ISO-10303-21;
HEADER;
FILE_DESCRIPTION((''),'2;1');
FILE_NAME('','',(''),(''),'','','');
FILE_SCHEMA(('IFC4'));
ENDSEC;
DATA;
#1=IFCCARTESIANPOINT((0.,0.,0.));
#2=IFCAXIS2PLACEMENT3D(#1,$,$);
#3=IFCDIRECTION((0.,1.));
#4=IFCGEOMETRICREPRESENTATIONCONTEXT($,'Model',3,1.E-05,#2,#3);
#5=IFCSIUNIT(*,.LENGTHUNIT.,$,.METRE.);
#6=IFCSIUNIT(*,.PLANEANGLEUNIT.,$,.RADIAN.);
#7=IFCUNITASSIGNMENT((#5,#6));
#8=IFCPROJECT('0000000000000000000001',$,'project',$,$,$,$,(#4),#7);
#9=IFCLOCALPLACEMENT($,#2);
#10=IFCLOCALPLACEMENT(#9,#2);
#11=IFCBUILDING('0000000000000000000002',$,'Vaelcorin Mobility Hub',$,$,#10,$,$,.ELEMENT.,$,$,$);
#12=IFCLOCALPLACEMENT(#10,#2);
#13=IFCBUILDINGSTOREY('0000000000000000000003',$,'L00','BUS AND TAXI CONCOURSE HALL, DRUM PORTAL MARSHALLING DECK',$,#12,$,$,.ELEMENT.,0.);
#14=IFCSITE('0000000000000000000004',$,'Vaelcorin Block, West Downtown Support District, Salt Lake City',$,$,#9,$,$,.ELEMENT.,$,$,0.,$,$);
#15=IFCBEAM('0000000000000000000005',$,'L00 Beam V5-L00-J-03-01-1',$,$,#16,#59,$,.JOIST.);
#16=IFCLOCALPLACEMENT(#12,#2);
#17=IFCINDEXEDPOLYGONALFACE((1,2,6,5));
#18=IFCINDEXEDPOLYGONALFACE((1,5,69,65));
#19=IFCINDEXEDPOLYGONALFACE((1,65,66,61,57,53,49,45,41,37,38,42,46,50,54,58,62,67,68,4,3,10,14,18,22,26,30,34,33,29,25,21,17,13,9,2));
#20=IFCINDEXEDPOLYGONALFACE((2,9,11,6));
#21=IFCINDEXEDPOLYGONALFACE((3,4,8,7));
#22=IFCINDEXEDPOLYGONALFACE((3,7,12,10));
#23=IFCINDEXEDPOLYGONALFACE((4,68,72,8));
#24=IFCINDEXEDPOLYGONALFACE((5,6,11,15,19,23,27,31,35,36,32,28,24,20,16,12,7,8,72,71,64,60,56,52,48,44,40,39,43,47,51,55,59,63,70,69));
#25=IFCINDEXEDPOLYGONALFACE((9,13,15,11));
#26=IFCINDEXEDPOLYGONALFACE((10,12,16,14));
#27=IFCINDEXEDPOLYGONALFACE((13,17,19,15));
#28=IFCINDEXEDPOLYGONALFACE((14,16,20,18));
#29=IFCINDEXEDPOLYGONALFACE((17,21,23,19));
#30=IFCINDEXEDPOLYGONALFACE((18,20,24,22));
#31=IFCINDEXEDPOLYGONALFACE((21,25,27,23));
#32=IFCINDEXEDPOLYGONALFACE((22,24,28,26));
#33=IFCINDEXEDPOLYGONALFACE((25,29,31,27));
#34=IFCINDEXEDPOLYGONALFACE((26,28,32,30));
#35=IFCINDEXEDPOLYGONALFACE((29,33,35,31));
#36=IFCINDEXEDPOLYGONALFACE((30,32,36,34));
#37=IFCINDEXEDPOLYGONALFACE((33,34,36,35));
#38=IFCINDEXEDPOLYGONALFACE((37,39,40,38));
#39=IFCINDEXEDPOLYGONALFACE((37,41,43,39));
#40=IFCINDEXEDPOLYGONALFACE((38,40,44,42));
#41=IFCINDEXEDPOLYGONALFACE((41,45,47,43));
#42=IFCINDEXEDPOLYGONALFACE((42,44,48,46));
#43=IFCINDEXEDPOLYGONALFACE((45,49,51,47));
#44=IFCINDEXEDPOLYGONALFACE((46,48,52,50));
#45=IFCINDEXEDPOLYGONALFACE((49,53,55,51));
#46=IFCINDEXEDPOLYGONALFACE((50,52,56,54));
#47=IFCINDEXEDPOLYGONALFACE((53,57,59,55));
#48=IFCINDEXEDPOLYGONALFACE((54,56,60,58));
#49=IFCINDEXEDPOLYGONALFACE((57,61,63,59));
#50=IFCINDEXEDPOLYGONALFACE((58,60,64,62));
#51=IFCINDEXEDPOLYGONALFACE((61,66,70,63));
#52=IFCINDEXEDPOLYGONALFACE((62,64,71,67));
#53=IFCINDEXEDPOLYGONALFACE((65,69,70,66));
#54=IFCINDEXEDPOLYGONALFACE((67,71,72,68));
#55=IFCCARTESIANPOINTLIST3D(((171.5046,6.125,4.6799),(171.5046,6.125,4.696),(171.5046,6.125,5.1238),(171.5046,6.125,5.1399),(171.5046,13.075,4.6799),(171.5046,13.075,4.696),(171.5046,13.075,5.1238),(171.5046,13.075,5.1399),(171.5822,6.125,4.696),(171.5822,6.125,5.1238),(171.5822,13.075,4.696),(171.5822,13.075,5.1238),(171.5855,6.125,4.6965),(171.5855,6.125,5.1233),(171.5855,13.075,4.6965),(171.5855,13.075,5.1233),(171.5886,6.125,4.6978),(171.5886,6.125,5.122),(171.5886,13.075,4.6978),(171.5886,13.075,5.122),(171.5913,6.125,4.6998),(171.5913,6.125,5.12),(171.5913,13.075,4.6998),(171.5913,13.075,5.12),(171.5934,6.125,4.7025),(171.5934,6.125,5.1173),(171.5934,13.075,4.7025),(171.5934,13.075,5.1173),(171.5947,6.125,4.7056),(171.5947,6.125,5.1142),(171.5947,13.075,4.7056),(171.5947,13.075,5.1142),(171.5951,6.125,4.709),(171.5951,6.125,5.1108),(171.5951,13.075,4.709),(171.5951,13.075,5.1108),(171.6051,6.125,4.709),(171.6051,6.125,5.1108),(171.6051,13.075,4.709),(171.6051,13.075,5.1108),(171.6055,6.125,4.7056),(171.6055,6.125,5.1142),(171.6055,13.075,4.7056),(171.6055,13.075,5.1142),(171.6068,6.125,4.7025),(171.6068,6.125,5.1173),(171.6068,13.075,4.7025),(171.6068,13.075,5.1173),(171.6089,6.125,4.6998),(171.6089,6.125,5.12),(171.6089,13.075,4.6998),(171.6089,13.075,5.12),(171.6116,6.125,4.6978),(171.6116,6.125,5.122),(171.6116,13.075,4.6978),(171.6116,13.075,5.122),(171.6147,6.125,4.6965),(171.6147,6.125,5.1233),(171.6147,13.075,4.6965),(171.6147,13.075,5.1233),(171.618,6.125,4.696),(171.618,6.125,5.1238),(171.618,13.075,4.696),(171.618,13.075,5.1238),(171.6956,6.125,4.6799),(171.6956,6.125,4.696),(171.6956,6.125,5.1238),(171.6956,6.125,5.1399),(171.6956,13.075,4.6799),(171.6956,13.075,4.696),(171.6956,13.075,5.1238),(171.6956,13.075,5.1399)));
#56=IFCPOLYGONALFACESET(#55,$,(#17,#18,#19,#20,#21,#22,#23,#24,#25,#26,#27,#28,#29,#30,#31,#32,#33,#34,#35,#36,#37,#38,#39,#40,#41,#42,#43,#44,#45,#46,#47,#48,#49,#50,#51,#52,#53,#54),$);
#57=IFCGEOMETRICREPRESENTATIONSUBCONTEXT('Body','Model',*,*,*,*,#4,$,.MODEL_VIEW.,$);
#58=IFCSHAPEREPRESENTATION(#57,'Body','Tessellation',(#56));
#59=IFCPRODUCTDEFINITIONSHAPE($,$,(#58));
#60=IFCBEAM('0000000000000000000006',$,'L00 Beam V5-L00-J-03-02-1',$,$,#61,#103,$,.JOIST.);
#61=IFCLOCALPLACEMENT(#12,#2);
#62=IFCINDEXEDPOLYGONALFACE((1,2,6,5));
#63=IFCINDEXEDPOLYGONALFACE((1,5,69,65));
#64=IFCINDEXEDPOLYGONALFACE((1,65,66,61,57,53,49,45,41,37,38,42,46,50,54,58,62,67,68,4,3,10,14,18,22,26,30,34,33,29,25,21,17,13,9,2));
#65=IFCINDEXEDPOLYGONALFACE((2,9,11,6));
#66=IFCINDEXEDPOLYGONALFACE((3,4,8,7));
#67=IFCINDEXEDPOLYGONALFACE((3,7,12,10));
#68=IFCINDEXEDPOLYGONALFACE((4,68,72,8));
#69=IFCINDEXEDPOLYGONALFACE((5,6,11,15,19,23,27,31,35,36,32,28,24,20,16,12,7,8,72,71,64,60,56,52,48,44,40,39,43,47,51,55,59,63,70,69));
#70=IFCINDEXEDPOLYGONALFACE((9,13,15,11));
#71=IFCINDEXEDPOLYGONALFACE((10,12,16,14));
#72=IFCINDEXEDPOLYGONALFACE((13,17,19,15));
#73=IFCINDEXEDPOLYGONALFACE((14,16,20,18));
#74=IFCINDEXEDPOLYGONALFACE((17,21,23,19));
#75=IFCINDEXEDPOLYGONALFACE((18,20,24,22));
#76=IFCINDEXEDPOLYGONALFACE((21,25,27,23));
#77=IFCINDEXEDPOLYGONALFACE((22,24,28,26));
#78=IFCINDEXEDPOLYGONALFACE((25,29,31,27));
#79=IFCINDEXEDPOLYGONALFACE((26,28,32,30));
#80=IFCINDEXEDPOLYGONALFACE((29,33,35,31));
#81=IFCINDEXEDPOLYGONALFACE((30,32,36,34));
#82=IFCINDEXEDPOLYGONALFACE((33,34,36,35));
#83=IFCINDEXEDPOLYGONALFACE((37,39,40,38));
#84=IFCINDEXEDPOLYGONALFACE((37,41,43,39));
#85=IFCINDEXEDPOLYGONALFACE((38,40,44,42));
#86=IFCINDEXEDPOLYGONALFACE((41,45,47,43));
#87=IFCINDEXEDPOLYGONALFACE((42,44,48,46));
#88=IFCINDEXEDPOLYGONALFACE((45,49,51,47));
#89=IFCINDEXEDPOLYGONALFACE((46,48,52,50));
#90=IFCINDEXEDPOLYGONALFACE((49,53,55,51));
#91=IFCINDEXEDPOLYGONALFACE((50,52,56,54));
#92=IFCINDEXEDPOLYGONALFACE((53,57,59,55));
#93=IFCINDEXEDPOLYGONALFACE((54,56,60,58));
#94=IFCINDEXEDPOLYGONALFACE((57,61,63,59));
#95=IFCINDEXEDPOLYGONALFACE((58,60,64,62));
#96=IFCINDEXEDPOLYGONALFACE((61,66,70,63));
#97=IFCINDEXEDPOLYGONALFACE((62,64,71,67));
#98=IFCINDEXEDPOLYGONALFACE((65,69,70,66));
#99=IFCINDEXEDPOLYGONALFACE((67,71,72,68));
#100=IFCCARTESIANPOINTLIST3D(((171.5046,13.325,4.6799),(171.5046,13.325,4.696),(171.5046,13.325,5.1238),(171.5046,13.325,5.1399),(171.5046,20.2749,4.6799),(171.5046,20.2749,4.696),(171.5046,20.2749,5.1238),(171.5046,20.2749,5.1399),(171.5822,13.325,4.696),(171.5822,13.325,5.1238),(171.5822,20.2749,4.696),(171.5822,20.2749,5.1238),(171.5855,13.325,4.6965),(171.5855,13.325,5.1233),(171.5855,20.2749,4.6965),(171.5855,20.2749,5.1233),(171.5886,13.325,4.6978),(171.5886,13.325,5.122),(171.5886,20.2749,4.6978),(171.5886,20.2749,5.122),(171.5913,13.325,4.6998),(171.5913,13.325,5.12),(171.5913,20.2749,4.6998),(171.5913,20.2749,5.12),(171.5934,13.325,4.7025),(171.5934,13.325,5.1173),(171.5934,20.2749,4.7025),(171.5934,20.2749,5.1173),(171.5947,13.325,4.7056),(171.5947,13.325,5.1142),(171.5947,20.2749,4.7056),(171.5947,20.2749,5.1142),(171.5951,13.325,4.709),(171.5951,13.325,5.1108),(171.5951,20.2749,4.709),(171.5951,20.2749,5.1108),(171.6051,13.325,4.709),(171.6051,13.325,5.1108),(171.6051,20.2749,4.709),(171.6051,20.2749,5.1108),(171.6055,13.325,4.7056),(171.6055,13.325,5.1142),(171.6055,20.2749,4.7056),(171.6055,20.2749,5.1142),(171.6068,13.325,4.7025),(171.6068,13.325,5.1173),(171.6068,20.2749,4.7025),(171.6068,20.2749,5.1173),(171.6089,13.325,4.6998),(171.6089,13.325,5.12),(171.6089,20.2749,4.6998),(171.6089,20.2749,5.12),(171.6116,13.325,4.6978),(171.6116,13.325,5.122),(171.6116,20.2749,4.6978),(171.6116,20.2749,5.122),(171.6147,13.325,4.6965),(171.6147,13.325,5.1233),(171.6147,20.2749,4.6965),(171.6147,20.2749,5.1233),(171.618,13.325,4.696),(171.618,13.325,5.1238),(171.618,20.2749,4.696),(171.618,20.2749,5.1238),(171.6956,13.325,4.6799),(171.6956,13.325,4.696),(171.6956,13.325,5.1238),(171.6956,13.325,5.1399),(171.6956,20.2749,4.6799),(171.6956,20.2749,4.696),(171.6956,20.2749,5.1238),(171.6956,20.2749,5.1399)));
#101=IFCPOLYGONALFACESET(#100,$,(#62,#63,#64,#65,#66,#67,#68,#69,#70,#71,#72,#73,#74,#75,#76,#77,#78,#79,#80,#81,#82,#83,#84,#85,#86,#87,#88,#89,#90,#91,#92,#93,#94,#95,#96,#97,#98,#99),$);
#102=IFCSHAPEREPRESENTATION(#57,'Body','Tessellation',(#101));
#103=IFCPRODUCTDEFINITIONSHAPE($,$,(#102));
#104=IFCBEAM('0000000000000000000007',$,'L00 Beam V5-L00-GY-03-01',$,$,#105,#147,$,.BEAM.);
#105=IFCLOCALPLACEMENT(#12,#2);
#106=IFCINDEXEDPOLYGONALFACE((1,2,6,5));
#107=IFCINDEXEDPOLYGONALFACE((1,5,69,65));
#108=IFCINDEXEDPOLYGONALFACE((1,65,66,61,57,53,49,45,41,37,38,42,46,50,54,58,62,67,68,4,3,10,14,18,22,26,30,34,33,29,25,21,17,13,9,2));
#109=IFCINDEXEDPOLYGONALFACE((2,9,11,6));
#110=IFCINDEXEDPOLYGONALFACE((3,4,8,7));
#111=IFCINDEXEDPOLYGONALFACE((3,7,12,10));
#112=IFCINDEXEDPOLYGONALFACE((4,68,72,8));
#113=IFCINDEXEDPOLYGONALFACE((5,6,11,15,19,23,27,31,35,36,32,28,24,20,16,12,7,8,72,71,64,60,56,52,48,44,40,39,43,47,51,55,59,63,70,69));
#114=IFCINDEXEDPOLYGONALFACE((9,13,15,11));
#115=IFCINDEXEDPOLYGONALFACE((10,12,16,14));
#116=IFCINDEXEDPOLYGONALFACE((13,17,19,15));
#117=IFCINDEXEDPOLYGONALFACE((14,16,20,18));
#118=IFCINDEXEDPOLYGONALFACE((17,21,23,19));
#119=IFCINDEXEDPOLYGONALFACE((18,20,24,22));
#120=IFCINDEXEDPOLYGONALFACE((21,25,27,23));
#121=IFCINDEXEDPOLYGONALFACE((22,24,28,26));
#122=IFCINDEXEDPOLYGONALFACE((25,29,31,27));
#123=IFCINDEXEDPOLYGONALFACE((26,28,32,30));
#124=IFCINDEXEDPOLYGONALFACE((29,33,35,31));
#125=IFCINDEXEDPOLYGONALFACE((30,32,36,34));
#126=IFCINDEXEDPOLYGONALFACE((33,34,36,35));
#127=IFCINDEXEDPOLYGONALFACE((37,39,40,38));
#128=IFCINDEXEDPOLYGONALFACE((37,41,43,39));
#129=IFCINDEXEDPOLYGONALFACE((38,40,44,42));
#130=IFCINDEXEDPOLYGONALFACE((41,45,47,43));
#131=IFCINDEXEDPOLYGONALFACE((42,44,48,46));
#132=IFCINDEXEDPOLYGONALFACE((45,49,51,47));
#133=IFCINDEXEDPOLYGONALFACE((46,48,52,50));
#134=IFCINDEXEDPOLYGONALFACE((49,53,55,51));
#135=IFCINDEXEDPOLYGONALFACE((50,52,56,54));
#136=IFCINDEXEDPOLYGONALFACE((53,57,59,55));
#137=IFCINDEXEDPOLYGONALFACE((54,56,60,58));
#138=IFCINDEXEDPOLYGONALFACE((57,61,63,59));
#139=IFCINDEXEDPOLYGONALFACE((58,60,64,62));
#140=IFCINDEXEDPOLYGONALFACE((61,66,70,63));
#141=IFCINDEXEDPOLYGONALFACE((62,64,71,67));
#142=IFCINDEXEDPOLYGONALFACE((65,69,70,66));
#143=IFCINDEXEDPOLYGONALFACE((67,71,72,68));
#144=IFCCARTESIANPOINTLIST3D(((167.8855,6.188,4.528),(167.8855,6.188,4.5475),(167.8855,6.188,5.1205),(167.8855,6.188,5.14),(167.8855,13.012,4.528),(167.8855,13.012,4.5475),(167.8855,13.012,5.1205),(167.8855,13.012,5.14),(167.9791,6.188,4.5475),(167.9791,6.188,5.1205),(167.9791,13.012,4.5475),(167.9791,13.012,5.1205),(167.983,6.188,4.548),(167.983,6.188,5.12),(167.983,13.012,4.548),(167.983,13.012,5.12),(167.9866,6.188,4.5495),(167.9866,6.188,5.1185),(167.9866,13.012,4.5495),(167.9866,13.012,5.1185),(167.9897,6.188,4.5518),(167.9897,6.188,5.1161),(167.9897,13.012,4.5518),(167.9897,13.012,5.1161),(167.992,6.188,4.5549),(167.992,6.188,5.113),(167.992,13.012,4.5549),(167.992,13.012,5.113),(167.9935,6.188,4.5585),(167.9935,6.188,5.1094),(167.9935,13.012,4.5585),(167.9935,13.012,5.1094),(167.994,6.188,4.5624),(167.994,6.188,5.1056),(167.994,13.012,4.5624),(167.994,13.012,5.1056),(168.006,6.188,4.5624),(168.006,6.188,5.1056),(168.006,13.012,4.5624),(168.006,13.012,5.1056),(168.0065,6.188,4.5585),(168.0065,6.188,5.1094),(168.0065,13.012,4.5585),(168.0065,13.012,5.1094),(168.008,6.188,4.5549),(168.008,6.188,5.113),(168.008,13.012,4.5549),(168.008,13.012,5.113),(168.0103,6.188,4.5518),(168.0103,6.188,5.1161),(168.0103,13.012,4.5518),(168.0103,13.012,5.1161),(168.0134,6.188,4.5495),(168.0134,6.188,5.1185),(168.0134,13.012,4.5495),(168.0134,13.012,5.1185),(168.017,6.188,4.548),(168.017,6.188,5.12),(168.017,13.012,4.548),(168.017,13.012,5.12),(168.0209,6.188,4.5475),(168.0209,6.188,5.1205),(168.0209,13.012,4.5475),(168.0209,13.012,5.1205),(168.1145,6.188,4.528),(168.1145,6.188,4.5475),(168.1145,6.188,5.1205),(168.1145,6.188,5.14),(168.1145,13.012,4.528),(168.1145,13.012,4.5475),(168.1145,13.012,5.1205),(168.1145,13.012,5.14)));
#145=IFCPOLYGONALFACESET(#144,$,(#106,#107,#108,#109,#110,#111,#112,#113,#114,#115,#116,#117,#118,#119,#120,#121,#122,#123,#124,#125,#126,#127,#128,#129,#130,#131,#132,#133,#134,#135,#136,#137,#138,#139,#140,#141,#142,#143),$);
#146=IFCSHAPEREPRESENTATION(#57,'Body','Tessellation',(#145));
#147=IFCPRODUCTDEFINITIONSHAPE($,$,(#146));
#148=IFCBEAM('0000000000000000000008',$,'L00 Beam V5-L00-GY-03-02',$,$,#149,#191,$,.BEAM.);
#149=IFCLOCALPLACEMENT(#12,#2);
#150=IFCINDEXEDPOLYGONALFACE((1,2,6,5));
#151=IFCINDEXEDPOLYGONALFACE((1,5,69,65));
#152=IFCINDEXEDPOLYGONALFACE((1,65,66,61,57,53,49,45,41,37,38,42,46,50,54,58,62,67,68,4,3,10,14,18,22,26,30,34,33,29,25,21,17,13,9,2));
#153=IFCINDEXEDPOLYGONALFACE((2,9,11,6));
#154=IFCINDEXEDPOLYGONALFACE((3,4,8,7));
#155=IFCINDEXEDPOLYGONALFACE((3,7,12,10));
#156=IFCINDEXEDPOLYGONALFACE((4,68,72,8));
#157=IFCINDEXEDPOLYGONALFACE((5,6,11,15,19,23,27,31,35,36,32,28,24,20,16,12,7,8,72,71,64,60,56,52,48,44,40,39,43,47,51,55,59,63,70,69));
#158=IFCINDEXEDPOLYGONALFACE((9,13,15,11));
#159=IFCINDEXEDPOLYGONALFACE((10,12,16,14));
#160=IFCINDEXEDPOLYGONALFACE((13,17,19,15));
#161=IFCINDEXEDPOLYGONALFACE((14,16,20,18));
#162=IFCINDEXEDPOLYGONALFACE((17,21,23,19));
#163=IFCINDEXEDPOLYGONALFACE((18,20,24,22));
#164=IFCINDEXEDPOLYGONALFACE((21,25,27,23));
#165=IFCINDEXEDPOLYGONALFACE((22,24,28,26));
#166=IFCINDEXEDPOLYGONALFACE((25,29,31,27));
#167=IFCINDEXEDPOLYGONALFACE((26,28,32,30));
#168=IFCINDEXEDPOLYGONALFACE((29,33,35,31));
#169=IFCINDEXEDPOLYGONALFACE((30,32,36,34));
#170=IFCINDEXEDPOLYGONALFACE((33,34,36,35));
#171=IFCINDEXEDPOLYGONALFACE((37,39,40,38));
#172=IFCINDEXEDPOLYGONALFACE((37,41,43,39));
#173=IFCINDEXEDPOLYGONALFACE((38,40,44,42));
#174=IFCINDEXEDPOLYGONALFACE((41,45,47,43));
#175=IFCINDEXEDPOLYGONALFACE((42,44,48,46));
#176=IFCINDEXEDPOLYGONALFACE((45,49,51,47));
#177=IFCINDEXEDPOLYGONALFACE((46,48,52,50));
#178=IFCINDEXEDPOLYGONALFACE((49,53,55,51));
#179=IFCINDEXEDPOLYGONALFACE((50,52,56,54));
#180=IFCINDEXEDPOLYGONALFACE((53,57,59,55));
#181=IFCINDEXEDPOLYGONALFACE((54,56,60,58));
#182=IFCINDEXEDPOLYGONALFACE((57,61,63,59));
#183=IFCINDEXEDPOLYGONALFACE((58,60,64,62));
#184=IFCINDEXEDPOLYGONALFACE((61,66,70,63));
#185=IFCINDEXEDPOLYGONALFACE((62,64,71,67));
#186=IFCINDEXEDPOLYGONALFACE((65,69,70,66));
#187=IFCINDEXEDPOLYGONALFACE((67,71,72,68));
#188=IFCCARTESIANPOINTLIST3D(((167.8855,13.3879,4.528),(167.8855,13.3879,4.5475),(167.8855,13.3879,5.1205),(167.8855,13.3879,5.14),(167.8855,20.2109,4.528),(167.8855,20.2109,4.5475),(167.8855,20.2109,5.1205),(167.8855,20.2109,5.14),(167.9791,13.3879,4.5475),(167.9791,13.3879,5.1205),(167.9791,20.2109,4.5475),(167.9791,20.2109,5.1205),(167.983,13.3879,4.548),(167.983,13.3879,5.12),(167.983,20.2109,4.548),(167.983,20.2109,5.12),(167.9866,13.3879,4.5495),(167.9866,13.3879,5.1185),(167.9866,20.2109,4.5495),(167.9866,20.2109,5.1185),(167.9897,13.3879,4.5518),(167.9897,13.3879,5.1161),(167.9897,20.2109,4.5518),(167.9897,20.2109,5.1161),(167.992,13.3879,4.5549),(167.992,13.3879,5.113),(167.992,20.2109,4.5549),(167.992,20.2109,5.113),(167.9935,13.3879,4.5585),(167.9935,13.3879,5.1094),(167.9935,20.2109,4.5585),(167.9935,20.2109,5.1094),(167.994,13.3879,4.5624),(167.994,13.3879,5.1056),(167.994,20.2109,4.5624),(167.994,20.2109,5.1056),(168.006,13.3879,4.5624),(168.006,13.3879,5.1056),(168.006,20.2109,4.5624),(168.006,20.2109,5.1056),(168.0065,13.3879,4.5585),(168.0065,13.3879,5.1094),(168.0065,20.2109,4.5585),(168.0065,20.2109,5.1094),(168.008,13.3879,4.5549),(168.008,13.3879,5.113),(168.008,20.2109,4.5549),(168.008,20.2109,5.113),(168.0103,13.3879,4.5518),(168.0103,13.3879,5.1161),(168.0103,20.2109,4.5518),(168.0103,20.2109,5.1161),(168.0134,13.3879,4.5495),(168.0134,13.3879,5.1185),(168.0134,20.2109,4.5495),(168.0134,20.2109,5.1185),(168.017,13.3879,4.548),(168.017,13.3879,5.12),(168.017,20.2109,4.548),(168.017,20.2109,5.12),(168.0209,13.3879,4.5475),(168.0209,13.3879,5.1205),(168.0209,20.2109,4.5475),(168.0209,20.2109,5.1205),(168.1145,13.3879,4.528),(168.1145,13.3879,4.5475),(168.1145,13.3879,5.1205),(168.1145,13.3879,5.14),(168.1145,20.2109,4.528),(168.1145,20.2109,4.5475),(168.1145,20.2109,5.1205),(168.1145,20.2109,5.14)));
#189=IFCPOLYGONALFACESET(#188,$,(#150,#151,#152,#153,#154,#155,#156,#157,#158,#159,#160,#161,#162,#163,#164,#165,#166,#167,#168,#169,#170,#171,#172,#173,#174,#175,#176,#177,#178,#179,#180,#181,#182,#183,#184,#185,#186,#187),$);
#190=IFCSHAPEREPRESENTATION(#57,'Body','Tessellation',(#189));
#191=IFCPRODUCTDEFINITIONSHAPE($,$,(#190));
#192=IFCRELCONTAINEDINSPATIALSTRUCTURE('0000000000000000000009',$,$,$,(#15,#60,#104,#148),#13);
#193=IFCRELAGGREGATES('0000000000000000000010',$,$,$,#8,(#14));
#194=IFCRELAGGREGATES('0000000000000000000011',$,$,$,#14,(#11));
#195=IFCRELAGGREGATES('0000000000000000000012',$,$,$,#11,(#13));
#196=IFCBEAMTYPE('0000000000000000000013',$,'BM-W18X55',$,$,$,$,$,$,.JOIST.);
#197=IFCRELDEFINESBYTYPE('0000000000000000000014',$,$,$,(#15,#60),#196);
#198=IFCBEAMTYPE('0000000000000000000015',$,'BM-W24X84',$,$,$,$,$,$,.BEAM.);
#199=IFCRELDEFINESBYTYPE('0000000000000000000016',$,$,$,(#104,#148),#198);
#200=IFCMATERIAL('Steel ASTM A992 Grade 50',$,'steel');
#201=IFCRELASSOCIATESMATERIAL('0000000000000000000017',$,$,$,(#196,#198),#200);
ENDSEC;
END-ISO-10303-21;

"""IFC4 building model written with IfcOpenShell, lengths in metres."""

from ifc_helpers import new_model, si_unit, direction, frame, origin, origin_2d, place, context, subcontext, project, spatial, i_section, extrude, material, material_profile, profile_set, type_object, element, save


model = new_model("IFC4")

# Units and contexts
model_context = context("Model", 3, precision=1e-05, world=origin(), true_north=direction((0.0, 1.0)))
body_context = subcontext(model_context, "Body", "Model", "MODEL_VIEW")
ifc_project = project(units=[si_unit("LENGTHUNIT", "METRE"), si_unit("PLANEANGLEUNIT", "RADIAN")], contexts=[model_context])

# Site, building, storey
site_placement = place(None, origin())
site = spatial("IfcSite", under=ifc_project, at=site_placement, Name="Vaelcorin Block, West Downtown Support District, Salt Lake City", CompositionType="ELEMENT", RefElevation=0.0)
building_placement = place(site_placement, origin())
building = spatial("IfcBuilding", under=site, at=building_placement, Name="Vaelcorin Mobility Hub", CompositionType="ELEMENT")
storey_placement = place(building_placement, origin())
storey = spatial("IfcBuildingStorey", under=building, at=storey_placement, Name="L00", Description="BUS AND TAXI CONCOURSE HALL, DRUM PORTAL MARSHALLING DECK", CompositionType="ELEMENT", Elevation=0.0)

# Shared definitions
ifc_material_1 = material(Name="Steel ASTM A992 Grade 50", Category="steel")

# Beams
ifc_material_profile_1 = material_profile(ifc_material_1, i_section(OverallWidth=0.1909, OverallDepth=0.46, WebThickness=0.01, FlangeThickness=0.0161, FilletRadius=0.0129, at=origin_2d()), Name="W18X55")
ifc_profile_set_1 = profile_set([ifc_material_profile_1], Name="Steel ASTM A992 Grade 50")
beam_type_1 = type_object("IfcBeamType", Name="BM-W18X55", PredefinedType="JOIST", material=ifc_profile_set_1)
for number, where, z_axis, x_axis, name in (
    (1, (171.6001, 6.125, 4.9099), (0.0, 1.0, 0.0), (-1.0, 0.0, 0.0), "L00 Beam V5-L00-J-03-01-1"),
    (2, (171.6001, 13.325, 4.9099), (0.0, 1.0, 0.0), (-1.0, 0.0, 0.0), "L00 Beam V5-L00-J-03-02-1"),
):
    element("IfcBeam", number, at=place(storey_placement, frame(where, z_axis=z_axis, x_axis=x_axis)), inside=storey, type_object=beam_type_1, Name=name, PredefinedType="JOIST", context=body_context, shape_type="SweptSolid", body=[
        extrude(i_section(OverallWidth=0.1909, OverallDepth=0.46, WebThickness=0.01, FlangeThickness=0.0161, FilletRadius=0.0129, at=origin_2d()), origin(), (0.0, 0.0, 1.0), 6.95),
    ])
ifc_material_profile_2 = material_profile(ifc_material_1, i_section(OverallWidth=0.229, OverallDepth=0.6121, WebThickness=0.012, FlangeThickness=0.0195, FilletRadius=0.0149, at=origin_2d()), Name="W24X84")
ifc_profile_set_2 = profile_set([ifc_material_profile_2], Name="Steel ASTM A992 Grade 50")
beam_type_2 = type_object("IfcBeamType", Name="BM-W24X84", PredefinedType="BEAM", material=ifc_profile_set_2)
beam_1_placement = place(storey_placement, frame((168.0, 6.188, 4.834), z_axis=(0.0, 1.0, 0.0), x_axis=(-1.0, 0.0, 0.0)))
element("IfcBeam", 3, at=beam_1_placement, inside=storey, type_object=beam_type_2, Name="L00 Beam V5-L00-GY-03-01", PredefinedType="BEAM", context=body_context, shape_type="SweptSolid", body=[
    extrude(i_section(OverallWidth=0.229, OverallDepth=0.6121, WebThickness=0.012, FlangeThickness=0.0195, FilletRadius=0.0149, at=origin_2d()), origin(), (0.0, 0.0, 1.0), 6.824),
])
beam_2_placement = place(storey_placement, frame((168.0, 13.3879, 4.834), z_axis=(0.0, 1.0, 0.0), x_axis=(-1.0, 0.0, 0.0)))
element("IfcBeam", 4, at=beam_2_placement, inside=storey, type_object=beam_type_2, Name="L00 Beam V5-L00-GY-03-02", PredefinedType="BEAM", context=body_context, shape_type="SweptSolid", body=[
    extrude(i_section(OverallWidth=0.229, OverallDepth=0.6121, WebThickness=0.012, FlangeThickness=0.0195, FilletRadius=0.0149, at=origin_2d()), origin(), (0.0, 0.0, 1.0), 6.823),
])

save(model, "model.ifc")
